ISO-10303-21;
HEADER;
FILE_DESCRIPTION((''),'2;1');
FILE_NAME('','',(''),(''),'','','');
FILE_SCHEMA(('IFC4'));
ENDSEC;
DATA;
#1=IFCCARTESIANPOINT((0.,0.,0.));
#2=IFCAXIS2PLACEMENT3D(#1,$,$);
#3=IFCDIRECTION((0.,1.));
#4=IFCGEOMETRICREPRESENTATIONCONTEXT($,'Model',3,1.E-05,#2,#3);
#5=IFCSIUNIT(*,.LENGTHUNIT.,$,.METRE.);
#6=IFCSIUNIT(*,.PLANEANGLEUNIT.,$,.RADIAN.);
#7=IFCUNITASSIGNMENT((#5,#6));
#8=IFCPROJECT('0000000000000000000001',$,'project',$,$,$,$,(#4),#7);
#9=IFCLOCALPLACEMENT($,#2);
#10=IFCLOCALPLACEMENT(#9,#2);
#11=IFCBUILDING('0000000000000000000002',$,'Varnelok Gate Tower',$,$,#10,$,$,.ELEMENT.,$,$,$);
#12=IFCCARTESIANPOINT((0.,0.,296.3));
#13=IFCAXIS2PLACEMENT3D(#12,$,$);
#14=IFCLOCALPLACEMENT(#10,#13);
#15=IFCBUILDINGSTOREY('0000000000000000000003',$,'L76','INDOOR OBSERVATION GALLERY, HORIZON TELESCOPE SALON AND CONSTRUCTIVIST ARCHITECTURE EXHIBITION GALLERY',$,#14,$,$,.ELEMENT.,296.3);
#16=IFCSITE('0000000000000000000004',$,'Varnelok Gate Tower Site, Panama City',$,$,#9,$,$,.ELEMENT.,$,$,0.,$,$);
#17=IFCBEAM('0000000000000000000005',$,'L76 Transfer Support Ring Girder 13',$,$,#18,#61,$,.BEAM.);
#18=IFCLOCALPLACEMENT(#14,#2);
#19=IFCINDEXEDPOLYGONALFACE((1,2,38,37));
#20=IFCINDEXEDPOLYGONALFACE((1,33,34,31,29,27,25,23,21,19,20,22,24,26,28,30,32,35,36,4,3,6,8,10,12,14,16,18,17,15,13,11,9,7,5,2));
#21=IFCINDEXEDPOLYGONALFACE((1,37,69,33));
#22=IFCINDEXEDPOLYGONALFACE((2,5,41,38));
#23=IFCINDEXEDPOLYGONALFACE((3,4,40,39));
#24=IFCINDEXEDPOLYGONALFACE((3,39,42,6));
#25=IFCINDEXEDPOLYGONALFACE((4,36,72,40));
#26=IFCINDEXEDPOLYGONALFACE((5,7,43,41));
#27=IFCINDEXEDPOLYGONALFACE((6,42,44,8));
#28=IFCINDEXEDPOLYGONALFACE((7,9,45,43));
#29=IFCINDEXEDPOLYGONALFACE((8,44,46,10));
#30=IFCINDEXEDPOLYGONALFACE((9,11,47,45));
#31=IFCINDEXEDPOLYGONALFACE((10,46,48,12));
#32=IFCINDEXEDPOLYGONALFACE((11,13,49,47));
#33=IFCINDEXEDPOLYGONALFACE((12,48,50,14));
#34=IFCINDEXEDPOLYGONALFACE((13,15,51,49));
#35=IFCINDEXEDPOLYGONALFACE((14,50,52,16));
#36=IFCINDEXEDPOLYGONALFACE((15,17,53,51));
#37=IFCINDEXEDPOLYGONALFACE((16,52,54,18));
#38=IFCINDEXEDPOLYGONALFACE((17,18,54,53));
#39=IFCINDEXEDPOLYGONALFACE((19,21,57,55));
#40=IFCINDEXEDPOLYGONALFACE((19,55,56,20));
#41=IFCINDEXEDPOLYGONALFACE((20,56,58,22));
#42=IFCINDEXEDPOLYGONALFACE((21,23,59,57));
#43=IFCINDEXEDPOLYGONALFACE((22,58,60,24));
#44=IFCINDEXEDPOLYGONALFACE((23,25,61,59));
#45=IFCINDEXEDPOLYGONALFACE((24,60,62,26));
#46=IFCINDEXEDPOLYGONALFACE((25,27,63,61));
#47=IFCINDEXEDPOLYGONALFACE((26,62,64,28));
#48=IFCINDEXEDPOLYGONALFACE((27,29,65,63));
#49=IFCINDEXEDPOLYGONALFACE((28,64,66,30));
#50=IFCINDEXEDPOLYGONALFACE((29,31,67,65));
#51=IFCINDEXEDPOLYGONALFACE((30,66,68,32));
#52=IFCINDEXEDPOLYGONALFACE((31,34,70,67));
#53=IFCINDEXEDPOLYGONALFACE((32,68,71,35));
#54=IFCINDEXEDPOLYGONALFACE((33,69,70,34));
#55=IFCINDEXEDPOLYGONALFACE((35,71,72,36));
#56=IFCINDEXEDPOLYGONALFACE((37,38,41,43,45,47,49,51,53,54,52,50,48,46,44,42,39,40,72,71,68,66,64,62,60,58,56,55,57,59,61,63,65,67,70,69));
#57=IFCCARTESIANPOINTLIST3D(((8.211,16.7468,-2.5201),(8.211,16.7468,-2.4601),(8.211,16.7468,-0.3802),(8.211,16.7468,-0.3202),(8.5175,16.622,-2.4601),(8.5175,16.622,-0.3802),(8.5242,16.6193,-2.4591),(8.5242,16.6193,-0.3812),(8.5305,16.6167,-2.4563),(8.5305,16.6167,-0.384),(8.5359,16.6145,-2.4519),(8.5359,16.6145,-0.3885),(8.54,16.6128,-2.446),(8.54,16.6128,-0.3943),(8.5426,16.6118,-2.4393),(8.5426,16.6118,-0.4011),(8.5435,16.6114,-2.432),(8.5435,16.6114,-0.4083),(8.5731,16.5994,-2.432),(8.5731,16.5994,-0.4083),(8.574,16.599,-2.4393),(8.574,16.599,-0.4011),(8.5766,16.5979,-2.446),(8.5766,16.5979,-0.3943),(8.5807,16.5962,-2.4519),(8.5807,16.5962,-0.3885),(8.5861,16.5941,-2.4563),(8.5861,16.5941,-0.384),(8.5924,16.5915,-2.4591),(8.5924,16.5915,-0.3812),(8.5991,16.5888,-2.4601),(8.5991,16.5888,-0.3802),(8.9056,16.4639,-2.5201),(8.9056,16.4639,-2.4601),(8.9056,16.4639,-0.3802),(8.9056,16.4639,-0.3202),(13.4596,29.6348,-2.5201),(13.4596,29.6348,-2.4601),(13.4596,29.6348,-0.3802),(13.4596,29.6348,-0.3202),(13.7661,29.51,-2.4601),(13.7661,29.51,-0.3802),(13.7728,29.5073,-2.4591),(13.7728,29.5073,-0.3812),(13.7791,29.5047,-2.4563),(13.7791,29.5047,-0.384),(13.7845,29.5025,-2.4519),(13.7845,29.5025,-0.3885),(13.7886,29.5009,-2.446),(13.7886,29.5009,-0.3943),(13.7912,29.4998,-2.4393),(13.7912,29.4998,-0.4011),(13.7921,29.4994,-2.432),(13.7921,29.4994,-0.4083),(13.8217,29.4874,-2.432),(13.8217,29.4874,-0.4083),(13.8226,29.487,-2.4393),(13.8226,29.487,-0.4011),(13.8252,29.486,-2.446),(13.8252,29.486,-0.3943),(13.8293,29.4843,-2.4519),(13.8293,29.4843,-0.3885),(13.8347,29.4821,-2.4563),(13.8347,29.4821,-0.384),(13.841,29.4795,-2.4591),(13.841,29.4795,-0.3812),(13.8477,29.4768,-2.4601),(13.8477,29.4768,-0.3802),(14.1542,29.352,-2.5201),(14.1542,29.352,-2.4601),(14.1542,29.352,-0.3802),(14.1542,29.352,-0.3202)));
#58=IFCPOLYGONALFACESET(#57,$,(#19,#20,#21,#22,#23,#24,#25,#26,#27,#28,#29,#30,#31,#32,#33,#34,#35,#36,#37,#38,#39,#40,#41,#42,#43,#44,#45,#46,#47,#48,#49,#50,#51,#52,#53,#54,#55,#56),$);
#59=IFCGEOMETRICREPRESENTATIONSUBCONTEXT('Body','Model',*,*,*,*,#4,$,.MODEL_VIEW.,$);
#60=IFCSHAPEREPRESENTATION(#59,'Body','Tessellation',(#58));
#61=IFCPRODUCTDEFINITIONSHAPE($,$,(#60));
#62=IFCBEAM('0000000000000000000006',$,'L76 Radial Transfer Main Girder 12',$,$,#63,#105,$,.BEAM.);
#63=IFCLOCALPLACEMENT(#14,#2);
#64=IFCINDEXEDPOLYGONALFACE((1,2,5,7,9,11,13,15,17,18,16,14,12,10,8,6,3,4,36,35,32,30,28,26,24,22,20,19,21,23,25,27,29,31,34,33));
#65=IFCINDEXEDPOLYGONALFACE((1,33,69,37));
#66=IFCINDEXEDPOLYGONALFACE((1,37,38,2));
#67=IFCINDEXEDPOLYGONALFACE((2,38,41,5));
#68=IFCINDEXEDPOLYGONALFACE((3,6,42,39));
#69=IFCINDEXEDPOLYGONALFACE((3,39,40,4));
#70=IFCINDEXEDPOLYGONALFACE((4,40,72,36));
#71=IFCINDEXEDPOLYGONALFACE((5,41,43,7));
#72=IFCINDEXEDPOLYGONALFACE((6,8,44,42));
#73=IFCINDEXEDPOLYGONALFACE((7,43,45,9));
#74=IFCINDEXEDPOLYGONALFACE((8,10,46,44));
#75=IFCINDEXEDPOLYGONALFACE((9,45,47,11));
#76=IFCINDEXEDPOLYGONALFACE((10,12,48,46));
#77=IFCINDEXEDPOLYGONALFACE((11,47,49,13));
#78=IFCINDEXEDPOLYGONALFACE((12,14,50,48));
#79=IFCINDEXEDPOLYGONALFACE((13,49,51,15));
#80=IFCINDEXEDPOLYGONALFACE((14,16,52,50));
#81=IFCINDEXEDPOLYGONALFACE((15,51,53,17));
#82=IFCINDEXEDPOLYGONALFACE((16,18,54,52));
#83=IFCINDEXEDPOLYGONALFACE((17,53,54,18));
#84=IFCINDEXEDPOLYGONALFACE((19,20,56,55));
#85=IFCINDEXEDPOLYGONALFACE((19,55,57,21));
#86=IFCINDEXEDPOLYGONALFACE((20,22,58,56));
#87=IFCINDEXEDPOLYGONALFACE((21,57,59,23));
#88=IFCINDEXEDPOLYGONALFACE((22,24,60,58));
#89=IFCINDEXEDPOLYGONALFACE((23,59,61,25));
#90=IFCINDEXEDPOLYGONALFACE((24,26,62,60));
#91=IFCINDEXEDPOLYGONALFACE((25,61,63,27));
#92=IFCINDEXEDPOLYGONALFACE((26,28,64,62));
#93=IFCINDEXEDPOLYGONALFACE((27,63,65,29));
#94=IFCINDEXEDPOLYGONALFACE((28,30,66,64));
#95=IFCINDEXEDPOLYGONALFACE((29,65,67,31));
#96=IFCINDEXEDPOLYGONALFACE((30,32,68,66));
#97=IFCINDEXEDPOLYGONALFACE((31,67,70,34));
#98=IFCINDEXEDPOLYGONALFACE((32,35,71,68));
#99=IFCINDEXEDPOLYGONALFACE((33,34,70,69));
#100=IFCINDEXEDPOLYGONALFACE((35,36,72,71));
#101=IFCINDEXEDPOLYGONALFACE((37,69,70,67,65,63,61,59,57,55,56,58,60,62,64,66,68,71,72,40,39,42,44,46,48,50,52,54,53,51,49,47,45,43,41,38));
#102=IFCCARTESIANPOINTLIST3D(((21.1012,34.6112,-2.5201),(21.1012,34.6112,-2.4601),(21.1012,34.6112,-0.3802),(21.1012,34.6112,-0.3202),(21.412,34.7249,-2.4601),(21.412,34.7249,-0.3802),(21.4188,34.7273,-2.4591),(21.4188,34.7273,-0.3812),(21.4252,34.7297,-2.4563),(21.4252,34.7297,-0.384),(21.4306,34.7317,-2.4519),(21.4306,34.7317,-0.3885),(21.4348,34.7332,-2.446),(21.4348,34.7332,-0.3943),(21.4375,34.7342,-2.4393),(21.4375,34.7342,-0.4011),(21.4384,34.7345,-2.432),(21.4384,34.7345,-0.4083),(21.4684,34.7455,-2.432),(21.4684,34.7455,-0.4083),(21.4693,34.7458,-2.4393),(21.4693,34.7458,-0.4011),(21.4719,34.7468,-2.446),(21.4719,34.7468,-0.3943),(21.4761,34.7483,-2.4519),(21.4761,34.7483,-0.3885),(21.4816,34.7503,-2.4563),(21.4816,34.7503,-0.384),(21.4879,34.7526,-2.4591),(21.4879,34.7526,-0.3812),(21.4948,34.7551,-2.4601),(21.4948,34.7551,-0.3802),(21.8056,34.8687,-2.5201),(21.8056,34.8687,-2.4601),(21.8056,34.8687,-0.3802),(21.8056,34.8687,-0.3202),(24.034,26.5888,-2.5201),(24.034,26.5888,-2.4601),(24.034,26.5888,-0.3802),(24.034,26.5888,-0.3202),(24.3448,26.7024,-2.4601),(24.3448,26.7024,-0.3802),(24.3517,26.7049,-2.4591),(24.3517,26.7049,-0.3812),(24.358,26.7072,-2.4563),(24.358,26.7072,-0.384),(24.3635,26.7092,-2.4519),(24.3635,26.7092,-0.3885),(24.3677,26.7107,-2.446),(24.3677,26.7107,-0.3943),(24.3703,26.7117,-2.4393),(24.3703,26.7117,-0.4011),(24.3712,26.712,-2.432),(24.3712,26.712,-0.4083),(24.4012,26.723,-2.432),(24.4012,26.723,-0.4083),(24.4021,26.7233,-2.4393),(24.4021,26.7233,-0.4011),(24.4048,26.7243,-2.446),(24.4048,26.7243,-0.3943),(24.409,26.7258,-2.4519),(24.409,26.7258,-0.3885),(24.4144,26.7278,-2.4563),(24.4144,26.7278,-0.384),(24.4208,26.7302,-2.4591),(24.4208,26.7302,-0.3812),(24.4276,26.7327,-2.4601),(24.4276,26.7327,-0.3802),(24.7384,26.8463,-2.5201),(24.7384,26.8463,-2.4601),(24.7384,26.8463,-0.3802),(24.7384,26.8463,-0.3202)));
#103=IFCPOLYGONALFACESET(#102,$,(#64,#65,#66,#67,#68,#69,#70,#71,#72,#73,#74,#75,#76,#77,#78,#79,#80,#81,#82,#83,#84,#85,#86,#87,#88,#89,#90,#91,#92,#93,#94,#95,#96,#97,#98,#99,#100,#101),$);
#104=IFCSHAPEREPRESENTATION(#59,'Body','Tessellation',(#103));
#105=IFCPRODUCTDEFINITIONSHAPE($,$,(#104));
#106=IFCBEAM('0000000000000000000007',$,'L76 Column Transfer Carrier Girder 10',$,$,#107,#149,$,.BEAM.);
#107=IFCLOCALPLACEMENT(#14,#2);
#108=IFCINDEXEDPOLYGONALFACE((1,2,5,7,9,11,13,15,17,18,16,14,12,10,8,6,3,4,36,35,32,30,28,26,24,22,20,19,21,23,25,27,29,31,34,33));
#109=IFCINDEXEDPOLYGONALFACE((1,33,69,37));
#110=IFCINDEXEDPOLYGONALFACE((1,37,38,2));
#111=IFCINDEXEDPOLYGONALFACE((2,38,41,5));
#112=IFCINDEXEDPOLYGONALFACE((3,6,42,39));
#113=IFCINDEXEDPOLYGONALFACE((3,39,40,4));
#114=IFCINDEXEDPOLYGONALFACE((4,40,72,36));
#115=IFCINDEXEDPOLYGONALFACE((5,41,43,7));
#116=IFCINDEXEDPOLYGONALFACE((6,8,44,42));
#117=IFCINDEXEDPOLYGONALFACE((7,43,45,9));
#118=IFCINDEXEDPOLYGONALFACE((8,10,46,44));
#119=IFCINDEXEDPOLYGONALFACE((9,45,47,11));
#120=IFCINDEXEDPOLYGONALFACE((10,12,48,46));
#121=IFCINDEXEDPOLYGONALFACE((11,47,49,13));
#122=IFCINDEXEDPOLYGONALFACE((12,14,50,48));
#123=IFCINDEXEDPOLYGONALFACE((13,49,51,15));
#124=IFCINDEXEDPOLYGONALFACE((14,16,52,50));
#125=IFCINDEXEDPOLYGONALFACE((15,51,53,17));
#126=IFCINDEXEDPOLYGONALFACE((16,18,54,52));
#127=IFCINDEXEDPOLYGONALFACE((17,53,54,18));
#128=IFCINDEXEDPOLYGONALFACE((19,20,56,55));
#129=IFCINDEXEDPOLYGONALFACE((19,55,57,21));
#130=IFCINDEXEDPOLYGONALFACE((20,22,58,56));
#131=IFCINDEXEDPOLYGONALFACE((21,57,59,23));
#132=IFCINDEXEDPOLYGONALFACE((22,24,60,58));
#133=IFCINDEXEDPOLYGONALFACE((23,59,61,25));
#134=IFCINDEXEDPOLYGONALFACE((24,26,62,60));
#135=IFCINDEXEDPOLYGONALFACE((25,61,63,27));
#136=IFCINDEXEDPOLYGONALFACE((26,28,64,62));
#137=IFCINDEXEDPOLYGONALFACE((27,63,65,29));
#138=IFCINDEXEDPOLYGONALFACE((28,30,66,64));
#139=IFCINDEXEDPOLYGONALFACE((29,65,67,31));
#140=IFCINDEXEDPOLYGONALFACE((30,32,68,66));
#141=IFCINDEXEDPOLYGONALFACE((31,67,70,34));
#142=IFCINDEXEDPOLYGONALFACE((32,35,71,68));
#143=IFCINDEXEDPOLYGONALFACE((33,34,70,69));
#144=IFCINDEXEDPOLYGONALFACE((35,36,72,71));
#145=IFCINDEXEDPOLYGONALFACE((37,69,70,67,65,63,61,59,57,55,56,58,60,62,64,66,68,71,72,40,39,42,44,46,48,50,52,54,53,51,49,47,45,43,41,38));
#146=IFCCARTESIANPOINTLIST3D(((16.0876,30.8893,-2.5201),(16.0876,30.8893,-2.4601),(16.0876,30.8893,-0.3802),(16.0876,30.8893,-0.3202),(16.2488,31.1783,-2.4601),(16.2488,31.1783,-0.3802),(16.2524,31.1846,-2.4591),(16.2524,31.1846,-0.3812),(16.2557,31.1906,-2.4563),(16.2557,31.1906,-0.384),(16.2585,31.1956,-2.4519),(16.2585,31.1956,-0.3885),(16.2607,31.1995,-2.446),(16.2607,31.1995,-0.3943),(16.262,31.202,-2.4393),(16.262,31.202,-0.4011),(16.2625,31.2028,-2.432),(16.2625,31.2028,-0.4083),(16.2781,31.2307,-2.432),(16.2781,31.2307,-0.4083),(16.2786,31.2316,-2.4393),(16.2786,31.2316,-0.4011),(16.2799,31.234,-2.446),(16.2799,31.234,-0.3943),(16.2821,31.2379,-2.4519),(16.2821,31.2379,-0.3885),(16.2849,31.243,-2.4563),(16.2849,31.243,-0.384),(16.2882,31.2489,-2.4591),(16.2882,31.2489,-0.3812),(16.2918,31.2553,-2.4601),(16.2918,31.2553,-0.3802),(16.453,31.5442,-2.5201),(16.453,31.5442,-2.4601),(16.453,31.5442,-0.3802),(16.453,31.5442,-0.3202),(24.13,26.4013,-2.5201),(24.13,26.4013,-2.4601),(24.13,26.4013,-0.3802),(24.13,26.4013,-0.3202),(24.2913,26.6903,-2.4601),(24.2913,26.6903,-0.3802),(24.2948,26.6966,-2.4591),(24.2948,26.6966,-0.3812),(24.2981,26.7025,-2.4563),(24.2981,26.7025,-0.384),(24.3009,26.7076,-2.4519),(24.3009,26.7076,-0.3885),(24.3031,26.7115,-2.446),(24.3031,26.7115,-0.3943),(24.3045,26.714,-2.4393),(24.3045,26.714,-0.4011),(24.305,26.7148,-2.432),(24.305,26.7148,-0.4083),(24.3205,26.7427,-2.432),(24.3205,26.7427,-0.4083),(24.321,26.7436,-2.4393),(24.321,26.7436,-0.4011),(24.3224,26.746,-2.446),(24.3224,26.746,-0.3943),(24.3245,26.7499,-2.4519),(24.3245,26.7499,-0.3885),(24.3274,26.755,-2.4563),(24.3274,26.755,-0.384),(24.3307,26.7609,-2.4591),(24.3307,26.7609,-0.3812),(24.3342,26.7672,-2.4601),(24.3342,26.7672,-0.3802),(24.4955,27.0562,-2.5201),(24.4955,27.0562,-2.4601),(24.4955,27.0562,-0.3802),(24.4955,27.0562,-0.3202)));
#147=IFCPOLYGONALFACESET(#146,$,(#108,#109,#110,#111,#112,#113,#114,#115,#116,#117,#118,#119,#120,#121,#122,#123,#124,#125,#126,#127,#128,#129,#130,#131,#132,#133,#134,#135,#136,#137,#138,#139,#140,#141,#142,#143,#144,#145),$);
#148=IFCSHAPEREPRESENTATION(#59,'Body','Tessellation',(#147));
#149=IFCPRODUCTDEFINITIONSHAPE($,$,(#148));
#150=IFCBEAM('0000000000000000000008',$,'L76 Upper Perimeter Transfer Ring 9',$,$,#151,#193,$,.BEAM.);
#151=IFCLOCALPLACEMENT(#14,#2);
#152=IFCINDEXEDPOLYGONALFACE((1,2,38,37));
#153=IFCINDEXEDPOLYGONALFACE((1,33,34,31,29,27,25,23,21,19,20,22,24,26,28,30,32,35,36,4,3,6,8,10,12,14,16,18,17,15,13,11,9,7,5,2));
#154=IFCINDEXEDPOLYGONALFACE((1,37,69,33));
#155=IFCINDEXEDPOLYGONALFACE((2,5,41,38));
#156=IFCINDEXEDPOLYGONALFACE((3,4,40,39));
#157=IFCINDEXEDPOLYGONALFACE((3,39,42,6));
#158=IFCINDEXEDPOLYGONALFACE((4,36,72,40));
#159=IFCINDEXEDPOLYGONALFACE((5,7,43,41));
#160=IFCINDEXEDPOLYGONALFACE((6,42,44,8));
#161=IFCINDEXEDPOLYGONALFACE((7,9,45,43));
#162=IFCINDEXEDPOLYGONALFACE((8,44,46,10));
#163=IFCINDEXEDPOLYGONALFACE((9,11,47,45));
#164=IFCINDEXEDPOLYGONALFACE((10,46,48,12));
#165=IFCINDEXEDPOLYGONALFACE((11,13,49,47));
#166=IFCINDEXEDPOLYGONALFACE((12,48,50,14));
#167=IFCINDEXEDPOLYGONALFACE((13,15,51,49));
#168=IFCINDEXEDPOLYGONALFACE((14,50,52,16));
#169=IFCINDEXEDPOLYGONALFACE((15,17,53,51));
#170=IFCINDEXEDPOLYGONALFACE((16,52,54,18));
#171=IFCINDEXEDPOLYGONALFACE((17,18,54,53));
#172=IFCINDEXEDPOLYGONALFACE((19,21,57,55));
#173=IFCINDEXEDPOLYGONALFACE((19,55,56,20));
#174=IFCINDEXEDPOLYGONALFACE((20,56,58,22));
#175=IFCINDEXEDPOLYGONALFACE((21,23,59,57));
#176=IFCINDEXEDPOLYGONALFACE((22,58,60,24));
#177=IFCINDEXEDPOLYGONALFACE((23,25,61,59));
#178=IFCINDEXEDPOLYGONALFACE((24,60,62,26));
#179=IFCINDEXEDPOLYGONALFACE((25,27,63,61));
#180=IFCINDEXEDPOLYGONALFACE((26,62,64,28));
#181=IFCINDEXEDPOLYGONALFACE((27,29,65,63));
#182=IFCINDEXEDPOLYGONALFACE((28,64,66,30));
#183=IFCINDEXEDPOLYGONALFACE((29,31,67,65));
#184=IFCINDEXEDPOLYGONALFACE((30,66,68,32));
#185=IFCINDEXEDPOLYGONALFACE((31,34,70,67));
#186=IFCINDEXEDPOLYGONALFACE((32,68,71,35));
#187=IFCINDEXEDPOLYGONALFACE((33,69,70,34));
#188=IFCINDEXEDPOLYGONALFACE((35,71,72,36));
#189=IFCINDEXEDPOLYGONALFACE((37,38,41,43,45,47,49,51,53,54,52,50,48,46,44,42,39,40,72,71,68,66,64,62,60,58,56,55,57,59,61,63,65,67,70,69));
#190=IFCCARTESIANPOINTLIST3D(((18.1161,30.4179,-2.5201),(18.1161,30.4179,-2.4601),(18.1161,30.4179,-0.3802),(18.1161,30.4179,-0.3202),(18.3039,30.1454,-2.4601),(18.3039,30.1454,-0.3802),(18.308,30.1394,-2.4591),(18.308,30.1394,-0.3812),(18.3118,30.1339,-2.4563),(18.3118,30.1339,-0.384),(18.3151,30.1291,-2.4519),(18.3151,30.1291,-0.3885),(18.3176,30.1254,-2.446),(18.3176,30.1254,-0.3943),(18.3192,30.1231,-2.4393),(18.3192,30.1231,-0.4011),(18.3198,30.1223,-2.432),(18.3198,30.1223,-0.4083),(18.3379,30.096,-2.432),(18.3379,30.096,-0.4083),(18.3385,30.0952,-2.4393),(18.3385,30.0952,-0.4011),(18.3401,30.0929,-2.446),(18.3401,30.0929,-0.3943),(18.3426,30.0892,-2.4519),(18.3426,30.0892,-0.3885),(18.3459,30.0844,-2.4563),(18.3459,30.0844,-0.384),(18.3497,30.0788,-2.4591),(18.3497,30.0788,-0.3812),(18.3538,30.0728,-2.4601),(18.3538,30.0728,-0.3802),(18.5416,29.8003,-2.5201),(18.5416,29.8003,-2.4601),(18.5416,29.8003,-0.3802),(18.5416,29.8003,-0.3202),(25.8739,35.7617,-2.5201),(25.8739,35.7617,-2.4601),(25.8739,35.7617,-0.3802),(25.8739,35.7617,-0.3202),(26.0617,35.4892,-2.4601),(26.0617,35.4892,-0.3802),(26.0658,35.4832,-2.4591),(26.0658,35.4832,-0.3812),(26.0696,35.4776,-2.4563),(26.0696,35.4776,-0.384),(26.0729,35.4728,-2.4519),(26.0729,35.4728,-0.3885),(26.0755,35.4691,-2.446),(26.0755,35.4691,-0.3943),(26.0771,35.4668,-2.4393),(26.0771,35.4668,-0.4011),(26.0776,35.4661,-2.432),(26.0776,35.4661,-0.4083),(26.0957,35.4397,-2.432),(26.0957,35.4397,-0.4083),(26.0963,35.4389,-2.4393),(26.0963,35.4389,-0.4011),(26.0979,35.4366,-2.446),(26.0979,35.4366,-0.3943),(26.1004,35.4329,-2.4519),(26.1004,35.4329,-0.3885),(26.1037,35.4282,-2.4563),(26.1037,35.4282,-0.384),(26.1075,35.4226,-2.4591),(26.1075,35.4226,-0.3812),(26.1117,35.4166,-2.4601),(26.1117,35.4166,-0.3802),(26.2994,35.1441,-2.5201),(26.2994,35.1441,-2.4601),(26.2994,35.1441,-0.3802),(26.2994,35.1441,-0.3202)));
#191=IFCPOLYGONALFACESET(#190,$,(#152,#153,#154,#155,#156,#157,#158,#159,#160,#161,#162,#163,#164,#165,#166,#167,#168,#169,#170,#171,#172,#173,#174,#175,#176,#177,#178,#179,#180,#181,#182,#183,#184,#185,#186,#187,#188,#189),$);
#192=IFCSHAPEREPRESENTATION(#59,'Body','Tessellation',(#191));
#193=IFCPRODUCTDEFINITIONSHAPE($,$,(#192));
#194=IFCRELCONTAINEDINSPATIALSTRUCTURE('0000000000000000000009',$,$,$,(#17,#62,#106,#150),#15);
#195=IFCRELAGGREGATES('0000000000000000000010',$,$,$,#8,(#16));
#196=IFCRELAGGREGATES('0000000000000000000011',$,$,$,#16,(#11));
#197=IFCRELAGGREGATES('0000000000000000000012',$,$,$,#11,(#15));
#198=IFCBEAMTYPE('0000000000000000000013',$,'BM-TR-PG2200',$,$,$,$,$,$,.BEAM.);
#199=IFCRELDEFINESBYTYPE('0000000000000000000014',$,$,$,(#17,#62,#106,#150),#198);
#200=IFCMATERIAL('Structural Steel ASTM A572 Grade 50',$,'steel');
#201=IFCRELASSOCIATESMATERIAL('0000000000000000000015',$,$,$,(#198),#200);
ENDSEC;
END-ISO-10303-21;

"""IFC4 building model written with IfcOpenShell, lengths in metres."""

from ifc_helpers import new_model, si_unit, direction, frame, origin, origin_2d, place, context, subcontext, project, spatial, i_section, extrude, material, material_profile, profile_set, type_object, element, save


model = new_model("IFC4")

# Units and contexts
model_context = context("Model", 3, precision=1e-05, world=origin(), true_north=direction((0.0, 1.0)))
body_context = subcontext(model_context, "Body", "Model", "MODEL_VIEW")
ifc_project = project(units=[si_unit("LENGTHUNIT", "METRE"), si_unit("PLANEANGLEUNIT", "RADIAN")], contexts=[model_context])

# Site, building, storey
site_placement = place(None, origin())
site = spatial("IfcSite", under=ifc_project, at=site_placement, Name="Varnelok Gate Tower Site, Panama City", CompositionType="ELEMENT", RefElevation=0.0)
building_placement = place(site_placement, origin())
building = spatial("IfcBuilding", under=site, at=building_placement, Name="Varnelok Gate Tower", CompositionType="ELEMENT")
storey_placement = place(building_placement, frame((0.0, 0.0, 296.3)))
storey = spatial("IfcBuildingStorey", under=building, at=storey_placement, Name="L76", Description="INDOOR OBSERVATION GALLERY, HORIZON TELESCOPE SALON AND CONSTRUCTIVIST ARCHITECTURE EXHIBITION GALLERY", CompositionType="ELEMENT", Elevation=296.3)

# Beams
ifc_material_1 = material(Name="Structural Steel ASTM A572 Grade 50", Category="steel")
ifc_material_profile_1 = material_profile(ifc_material_1, i_section(OverallWidth=0.75, OverallDepth=2.2, WebThickness=0.032, FlangeThickness=0.0601, FilletRadius=0.0281, at=origin_2d()), Name="PG2200X750")
ifc_profile_set_1 = profile_set([ifc_material_profile_1], Name="Structural Steel ASTM A572 Grade 50")
beam_type_1 = type_object("IfcBeamType", Name="BM-TR-PG2200", PredefinedType="BEAM", material=ifc_profile_set_1)
beam_1_placement = place(storey_placement, frame((13.8069, 29.4934, -1.4202), z_axis=(-0.377167, -0.926145, 0.0), x_axis=(0.926145, -0.377167, 0.0)))
element("IfcBeam", 1, at=beam_1_placement, inside=storey, type_object=beam_type_1, Name="L76 Transfer Support Ring Girder 13", PredefinedType="BEAM", context=body_context, shape_type="SweptSolid", body=[
    extrude(i_section(OverallWidth=0.75, OverallDepth=2.2, WebThickness=0.032, FlangeThickness=0.0601, FilletRadius=0.0281, at=origin_2d()), origin(), (0.0, 0.0, 1.0), 13.9158),
])
beam_2_placement = place(storey_placement, frame((24.3862, 26.7175, -1.4202), z_axis=(-0.343356, 0.939205, 0.0), x_axis=(-0.939205, -0.343356, 0.0)))
element("IfcBeam", 2, at=beam_2_placement, inside=storey, type_object=beam_type_1, Name="L76 Radial Transfer Main Girder 12", PredefinedType="BEAM", context=body_context, shape_type="SweptSolid", body=[
    extrude(i_section(OverallWidth=0.75, OverallDepth=2.2, WebThickness=0.032, FlangeThickness=0.0601, FilletRadius=0.0281, at=origin_2d()), origin(), (0.0, 0.0, 1.0), 8.5417),
])
beam_3_placement = place(storey_placement, frame((24.3127, 26.7288, -1.4202), z_axis=(-0.873234, 0.487301, 0.0), x_axis=(-0.487301, -0.873234, 0.0)))
element("IfcBeam", 3, at=beam_3_placement, inside=storey, type_object=beam_type_1, Name="L76 Column Transfer Carrier Girder 10", PredefinedType="BEAM", context=body_context, shape_type="SweptSolid", body=[
    extrude(i_section(OverallWidth=0.75, OverallDepth=2.2, WebThickness=0.032, FlangeThickness=0.0601, FilletRadius=0.0281, at=origin_2d()), origin(), (0.0, 0.0, 1.0), 9.21),
])
beam_4_placement = place(storey_placement, frame((26.0867, 35.4529, -1.4202), z_axis=(-0.823533, -0.567268, 0.0), x_axis=(0.567268, -0.823533, 0.0)))
element("IfcBeam", 4, at=beam_4_placement, inside=storey, type_object=beam_type_1, Name="L76 Upper Perimeter Transfer Ring 9", PredefinedType="BEAM", context=body_context, shape_type="SweptSolid", body=[
    extrude(i_section(OverallWidth=0.75, OverallDepth=2.2, WebThickness=0.032, FlangeThickness=0.0601, FilletRadius=0.0281, at=origin_2d()), origin(), (0.0, 0.0, 1.0), 9.4202),
])

save(model, "model.ifc")
